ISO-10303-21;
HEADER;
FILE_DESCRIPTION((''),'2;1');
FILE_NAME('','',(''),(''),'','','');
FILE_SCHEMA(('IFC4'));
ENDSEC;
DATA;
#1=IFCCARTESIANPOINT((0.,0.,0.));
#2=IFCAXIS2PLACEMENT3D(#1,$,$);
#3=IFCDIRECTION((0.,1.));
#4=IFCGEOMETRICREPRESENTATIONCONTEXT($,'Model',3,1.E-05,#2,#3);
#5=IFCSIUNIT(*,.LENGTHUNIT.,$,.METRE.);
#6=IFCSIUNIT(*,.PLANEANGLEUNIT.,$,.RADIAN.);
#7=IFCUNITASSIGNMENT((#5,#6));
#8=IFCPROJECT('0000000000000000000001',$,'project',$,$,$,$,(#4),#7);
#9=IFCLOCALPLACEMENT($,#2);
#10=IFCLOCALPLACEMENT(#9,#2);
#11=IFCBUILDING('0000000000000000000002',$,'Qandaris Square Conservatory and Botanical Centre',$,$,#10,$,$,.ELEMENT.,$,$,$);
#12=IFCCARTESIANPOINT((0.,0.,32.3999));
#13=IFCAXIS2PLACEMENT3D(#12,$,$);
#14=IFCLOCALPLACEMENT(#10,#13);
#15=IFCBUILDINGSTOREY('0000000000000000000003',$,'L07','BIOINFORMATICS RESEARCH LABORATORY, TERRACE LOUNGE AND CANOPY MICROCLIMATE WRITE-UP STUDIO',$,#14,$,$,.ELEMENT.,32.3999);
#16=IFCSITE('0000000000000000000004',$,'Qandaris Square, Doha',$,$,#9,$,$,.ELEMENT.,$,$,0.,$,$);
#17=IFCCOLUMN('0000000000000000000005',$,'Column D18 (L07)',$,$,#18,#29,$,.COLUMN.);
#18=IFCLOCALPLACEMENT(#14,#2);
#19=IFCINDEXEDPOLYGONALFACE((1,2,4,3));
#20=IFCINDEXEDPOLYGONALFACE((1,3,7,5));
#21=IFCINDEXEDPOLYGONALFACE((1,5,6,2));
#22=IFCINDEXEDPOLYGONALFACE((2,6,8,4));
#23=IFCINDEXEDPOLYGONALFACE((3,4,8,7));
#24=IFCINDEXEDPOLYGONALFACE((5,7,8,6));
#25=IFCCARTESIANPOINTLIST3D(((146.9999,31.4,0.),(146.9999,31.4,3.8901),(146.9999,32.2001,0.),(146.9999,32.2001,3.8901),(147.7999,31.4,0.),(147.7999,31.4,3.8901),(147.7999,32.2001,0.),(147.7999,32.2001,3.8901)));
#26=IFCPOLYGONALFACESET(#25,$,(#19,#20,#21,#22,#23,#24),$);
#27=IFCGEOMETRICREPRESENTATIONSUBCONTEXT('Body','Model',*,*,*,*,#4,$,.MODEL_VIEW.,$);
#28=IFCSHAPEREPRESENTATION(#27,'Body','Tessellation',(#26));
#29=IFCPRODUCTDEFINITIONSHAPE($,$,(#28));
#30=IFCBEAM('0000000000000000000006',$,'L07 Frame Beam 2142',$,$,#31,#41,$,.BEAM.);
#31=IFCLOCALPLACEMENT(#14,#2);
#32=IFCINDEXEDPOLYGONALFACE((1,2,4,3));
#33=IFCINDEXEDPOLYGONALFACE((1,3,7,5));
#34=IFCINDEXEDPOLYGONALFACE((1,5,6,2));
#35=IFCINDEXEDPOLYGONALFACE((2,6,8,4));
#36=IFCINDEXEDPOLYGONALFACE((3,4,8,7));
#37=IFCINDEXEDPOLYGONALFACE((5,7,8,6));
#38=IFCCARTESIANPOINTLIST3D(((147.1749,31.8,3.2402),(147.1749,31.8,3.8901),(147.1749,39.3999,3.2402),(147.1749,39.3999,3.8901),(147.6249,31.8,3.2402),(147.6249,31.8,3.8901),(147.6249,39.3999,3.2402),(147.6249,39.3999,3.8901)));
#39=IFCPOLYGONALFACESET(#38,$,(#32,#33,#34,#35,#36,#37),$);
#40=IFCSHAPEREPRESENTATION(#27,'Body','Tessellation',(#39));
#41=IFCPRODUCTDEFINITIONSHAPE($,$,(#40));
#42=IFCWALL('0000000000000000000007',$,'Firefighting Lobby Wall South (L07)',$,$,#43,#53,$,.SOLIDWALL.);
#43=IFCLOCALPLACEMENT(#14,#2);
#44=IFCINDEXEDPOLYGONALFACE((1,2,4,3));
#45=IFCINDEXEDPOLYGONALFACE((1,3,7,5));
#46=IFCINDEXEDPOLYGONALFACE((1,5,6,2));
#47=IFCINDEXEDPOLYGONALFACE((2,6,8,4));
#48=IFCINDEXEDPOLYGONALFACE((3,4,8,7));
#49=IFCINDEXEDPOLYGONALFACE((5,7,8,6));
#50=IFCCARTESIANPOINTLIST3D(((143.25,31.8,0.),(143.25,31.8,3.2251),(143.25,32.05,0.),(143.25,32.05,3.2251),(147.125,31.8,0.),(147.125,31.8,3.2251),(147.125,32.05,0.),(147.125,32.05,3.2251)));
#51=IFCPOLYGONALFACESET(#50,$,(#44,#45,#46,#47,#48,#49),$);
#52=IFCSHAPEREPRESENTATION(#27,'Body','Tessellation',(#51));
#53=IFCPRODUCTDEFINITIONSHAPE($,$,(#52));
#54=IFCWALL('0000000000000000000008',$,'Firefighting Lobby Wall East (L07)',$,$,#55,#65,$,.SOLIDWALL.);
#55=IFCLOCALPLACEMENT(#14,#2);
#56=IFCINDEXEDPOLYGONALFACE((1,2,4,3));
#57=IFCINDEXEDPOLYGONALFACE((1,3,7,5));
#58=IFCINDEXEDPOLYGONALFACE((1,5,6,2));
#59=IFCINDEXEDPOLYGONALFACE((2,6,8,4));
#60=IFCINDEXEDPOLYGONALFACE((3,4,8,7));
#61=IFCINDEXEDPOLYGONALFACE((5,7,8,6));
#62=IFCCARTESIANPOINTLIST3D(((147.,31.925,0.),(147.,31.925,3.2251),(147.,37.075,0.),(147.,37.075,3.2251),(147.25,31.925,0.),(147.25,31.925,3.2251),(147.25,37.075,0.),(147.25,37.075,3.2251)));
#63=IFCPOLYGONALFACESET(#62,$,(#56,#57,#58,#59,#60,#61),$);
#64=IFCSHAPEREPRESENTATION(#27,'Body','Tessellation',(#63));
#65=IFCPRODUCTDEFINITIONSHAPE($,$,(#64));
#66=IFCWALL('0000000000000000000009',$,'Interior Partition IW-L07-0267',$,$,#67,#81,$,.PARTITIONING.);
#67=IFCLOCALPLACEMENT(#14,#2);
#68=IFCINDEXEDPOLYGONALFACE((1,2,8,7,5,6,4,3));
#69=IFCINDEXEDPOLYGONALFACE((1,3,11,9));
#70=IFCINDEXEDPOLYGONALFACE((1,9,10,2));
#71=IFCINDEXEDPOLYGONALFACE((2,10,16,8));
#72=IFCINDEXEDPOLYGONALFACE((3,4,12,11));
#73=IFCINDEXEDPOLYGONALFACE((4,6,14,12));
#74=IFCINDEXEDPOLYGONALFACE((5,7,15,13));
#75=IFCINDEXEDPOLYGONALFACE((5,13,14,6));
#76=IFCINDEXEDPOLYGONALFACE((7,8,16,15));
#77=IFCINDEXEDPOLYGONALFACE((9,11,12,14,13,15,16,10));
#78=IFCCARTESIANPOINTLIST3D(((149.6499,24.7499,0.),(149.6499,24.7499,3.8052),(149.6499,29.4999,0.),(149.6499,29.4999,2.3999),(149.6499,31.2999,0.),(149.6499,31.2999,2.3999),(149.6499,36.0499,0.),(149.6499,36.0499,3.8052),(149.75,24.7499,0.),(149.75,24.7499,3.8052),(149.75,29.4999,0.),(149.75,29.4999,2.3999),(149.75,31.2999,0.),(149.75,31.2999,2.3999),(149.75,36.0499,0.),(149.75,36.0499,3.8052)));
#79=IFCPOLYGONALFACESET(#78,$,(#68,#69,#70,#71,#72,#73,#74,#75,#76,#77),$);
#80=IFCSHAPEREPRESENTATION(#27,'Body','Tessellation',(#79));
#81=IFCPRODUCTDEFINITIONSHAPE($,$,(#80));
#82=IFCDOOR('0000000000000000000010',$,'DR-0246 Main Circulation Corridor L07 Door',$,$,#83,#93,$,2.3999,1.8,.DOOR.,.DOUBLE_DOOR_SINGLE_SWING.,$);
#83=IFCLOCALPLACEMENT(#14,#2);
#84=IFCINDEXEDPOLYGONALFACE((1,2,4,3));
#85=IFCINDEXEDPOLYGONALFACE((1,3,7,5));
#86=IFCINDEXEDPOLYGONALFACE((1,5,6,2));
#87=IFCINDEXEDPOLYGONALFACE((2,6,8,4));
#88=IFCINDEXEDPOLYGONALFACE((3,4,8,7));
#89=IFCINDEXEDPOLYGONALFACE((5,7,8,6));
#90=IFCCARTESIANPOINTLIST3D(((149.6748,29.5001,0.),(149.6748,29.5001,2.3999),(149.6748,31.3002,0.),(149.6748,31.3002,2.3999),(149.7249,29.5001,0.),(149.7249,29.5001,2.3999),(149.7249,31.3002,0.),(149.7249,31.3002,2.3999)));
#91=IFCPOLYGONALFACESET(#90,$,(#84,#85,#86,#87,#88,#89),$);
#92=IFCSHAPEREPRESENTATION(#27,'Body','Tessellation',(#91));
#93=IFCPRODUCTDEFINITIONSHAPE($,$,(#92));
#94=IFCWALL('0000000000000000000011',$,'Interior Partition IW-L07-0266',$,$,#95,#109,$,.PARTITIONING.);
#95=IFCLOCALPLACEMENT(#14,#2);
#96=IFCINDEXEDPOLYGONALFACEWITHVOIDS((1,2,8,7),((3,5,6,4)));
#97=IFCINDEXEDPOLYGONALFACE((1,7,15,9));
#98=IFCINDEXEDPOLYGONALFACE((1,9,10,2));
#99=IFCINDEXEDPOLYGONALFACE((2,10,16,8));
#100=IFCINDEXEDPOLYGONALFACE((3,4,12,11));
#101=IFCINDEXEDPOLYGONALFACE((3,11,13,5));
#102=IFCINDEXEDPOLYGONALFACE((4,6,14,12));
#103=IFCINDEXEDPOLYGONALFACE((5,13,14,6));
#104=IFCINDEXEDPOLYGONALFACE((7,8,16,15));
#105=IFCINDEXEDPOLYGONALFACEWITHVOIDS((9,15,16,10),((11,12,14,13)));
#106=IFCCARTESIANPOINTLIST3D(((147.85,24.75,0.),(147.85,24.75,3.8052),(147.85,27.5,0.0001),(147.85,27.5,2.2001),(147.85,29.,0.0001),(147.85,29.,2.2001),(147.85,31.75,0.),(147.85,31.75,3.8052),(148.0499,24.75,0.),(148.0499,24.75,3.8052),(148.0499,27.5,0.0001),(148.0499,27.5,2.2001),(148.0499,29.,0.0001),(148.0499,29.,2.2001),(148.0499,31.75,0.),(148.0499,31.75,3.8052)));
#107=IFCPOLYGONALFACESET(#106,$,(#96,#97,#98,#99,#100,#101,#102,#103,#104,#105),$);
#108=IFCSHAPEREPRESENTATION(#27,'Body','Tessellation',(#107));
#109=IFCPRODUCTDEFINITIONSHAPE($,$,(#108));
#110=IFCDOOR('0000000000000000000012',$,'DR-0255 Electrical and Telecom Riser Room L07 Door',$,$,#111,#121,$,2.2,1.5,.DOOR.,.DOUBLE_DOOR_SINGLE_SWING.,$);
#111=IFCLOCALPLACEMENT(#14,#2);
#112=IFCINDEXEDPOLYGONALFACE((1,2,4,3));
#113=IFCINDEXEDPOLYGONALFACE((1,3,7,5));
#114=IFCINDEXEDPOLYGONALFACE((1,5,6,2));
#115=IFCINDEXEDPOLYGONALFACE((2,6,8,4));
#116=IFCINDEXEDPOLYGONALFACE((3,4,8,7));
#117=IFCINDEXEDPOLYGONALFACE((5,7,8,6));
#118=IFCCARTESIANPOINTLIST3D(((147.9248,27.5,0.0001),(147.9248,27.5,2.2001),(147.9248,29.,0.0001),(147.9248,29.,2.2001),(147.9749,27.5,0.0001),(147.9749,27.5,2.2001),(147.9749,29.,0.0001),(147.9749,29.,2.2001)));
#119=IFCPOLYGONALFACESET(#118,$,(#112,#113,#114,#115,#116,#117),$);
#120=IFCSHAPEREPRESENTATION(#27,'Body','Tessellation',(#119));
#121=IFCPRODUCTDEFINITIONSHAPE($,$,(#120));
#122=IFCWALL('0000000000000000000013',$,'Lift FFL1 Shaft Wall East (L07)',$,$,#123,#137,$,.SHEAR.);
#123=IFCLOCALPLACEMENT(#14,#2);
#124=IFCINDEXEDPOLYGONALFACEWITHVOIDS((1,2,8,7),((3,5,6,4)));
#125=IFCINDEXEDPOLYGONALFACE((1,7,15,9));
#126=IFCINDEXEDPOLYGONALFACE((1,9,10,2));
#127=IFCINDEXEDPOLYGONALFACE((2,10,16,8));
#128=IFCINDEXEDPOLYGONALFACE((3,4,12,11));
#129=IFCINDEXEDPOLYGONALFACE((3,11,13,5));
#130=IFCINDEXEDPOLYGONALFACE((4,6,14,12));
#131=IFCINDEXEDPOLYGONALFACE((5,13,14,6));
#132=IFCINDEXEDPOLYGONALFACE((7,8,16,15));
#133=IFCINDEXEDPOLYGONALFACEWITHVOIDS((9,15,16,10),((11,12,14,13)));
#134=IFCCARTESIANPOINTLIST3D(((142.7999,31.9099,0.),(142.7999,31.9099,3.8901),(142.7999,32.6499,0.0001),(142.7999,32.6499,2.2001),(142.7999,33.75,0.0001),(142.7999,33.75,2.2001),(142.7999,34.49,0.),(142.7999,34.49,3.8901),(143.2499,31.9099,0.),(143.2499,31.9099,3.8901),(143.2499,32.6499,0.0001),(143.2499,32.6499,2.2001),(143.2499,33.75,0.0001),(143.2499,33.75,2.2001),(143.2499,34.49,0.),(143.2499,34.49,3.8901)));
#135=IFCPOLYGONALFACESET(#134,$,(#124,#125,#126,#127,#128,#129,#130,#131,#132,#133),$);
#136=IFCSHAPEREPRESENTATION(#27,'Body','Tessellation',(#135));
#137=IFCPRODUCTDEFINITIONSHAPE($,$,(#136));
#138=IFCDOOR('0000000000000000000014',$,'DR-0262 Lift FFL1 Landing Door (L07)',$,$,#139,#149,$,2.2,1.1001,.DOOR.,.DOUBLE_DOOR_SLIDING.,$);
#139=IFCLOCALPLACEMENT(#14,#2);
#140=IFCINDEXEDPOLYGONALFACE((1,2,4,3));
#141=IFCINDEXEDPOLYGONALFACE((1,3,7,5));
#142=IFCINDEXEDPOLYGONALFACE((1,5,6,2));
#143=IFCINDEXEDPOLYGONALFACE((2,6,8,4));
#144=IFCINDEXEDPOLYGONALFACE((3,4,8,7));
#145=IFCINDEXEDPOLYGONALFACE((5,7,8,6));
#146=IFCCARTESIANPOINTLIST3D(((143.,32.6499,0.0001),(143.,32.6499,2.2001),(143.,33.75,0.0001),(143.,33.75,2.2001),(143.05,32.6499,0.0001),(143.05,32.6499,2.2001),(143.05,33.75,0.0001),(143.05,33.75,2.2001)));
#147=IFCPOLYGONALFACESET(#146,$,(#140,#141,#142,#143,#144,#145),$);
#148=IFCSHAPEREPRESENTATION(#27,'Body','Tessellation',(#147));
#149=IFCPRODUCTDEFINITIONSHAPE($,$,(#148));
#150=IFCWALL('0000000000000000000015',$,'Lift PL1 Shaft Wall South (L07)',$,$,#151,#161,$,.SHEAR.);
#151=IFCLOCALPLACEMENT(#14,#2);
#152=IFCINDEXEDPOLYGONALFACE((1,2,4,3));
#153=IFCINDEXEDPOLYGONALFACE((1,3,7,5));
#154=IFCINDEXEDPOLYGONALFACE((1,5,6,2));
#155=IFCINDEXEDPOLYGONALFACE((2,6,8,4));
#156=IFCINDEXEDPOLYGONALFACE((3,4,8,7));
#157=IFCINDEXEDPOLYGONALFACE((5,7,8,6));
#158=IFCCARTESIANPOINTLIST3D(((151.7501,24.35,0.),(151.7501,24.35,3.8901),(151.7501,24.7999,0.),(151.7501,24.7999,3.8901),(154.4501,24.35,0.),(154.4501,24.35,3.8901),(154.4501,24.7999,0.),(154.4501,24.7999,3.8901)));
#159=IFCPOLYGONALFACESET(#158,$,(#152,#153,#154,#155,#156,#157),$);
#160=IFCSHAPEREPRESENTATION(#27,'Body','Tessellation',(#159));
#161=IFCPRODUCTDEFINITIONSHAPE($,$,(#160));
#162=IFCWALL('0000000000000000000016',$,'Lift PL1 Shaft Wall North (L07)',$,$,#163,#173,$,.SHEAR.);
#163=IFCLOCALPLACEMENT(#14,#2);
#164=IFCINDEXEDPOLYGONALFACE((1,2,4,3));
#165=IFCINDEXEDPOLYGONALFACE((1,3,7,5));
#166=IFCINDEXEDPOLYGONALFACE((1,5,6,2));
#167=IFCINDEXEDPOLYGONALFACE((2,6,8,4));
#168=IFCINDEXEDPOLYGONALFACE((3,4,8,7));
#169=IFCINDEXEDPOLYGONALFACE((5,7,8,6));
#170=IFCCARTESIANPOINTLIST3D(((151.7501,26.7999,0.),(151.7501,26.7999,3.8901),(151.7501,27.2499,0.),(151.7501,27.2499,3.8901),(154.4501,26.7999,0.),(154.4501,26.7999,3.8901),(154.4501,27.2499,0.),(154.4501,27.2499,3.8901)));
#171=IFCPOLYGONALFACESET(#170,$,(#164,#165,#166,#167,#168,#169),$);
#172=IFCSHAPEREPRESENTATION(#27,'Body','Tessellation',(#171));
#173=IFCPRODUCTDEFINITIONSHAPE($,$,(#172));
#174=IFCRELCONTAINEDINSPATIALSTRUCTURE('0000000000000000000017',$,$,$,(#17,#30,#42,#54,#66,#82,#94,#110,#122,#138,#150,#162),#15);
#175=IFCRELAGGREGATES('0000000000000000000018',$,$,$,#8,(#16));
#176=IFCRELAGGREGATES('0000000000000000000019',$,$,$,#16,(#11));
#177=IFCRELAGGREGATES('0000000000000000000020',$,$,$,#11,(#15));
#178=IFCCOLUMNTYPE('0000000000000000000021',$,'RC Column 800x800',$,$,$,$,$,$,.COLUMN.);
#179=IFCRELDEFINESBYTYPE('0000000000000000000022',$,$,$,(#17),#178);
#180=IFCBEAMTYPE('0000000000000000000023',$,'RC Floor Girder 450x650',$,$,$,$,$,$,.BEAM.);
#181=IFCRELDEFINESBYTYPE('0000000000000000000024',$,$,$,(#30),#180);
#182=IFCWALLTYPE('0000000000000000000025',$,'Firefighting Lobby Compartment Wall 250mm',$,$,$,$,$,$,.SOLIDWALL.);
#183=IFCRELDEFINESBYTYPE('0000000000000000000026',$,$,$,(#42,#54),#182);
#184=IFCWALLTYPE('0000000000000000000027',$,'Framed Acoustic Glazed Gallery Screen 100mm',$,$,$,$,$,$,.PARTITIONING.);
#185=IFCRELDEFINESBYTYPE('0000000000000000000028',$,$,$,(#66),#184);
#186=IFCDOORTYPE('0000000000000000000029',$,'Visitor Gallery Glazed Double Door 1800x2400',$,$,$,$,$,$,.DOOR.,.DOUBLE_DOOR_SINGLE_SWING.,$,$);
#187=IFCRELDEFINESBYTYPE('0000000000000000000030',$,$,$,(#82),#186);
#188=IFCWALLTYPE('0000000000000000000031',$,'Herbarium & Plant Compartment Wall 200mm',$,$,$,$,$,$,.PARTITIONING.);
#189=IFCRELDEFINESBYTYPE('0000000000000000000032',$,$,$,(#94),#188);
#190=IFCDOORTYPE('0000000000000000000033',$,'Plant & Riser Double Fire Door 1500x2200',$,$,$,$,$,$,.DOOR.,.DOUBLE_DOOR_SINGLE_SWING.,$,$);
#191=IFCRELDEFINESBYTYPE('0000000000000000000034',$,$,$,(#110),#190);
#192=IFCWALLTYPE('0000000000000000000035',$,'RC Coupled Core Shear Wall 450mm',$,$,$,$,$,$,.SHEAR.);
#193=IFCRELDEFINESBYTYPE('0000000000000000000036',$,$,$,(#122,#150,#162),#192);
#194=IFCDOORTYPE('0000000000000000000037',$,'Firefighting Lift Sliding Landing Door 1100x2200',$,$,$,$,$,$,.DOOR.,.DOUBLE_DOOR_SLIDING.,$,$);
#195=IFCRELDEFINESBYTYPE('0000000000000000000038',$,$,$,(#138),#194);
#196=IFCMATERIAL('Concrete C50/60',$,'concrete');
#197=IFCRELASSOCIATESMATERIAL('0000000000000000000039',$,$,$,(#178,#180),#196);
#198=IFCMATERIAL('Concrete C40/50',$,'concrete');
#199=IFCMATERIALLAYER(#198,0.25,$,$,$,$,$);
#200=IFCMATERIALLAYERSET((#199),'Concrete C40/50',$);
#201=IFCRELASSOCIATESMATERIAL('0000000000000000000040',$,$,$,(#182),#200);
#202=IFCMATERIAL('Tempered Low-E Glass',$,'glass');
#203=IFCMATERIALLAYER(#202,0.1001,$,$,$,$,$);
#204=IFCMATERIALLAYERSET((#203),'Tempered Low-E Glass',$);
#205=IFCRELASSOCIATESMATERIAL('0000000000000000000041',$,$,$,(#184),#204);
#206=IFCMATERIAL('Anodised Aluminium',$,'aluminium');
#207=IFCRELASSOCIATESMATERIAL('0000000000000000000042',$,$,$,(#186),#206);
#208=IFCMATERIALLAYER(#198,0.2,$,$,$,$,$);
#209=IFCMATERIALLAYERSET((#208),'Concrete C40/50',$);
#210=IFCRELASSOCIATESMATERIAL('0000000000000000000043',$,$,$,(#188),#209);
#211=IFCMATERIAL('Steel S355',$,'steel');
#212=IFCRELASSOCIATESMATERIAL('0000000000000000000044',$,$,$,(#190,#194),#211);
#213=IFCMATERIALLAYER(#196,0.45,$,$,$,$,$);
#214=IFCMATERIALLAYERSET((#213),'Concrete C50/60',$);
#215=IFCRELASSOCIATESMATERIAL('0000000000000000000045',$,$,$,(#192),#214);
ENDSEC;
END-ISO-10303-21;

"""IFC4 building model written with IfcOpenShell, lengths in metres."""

from ifc_helpers import new_model, si_unit, direction, frame, frame_2d, origin, origin_2d, place, context, subcontext, project, spatial, rectangle, extrude, material, layer, layer_set, material_profile, profile_set, type_object, element, fill, save


model = new_model("IFC4")

# Units and contexts
model_context = context("Model", 3, precision=1e-05, world=origin(), true_north=direction((0.0, 1.0)))
body_context = subcontext(model_context, "Body", "Model", "MODEL_VIEW")
ifc_project = project(units=[si_unit("LENGTHUNIT", "METRE"), si_unit("PLANEANGLEUNIT", "RADIAN")], contexts=[model_context])

# Site, building, storey
site_placement = place(None, origin())
site = spatial("IfcSite", under=ifc_project, at=site_placement, Name="Qandaris Square, Doha", CompositionType="ELEMENT", RefElevation=0.0)
building_placement = place(site_placement, origin())
building = spatial("IfcBuilding", under=site, at=building_placement, Name="Qandaris Square Conservatory and Botanical Centre", CompositionType="ELEMENT")
storey_placement = place(building_placement, frame((0.0, 0.0, 32.3999)))
storey = spatial("IfcBuildingStorey", under=building, at=storey_placement, Name="L07", Description="BIOINFORMATICS RESEARCH LABORATORY, TERRACE LOUNGE AND CANOPY MICROCLIMATE WRITE-UP STUDIO", CompositionType="ELEMENT", Elevation=32.3999)

# Column
ifc_material_1 = material(Name="Concrete C50/60", Category="concrete")
ifc_material_profile_1 = material_profile(ifc_material_1, rectangle(XDim=0.8, YDim=0.8, at=origin_2d()), Name="RC-COL 800x800")
ifc_profile_set_1 = profile_set([ifc_material_profile_1], Name="Concrete C50/60")
column_type = type_object("IfcColumnType", Name="RC Column 800x800", PredefinedType="COLUMN", material=ifc_profile_set_1)
column_placement = place(storey_placement, frame((147.3999, 31.8, 0.0), z_axis=(0.0, 0.0, 1.0), x_axis=(1.0, 0.0, 0.0)))
element("IfcColumn", 1, at=column_placement, inside=storey, type_object=column_type, Name="Column D18 (L07)", PredefinedType="COLUMN", context=body_context, shape_type="SweptSolid", body=[
    extrude(rectangle(XDim=0.8, YDim=0.8, at=origin_2d()), origin(), (0.0, 0.0, 1.0), 3.8901),
])

# Beam
ifc_material_profile_2 = material_profile(ifc_material_1, rectangle(XDim=0.45, YDim=0.6499, at=origin_2d()), Name="RC-BM 450x650")
ifc_profile_set_2 = profile_set([ifc_material_profile_2], Name="Concrete C50/60")
beam_type = type_object("IfcBeamType", Name="RC Floor Girder 450x650", PredefinedType="BEAM", material=ifc_profile_set_2)
beam_placement = place(storey_placement, frame((147.3999, 31.8, 3.5652), z_axis=(0.0, 1.0, 0.0), x_axis=(-1.0, 0.0, 0.0)))
element("IfcBeam", 2, at=beam_placement, inside=storey, type_object=beam_type, Name="L07 Frame Beam 2142", PredefinedType="BEAM", context=body_context, shape_type="SweptSolid", body=[
    extrude(rectangle(XDim=0.45, YDim=0.6499, at=origin_2d()), origin(), (0.0, 0.0, 1.0), 7.5999),
])

# Walls
ifc_material_2 = material(Name="Concrete C40/50", Category="concrete")
ifc_layer_1 = layer(ifc_material_2, 0.25)
ifc_layer_set_1 = layer_set([ifc_layer_1], Name="Concrete C40/50")
wall_type_1 = type_object("IfcWallType", Name="Firefighting Lobby Compartment Wall 250mm", PredefinedType="SOLIDWALL", material=ifc_layer_set_1)
wall_1_placement = place(storey_placement, frame((143.25, 31.925, 0.0), z_axis=(0.0, 0.0, 1.0), x_axis=(1.0, 0.0, 0.0)))
element("IfcWall", 3, at=wall_1_placement, inside=storey, type_object=wall_type_1, Name="Firefighting Lobby Wall South (L07)", PredefinedType="SOLIDWALL", context=body_context, shape_type="SweptSolid", body=[
    extrude(rectangle(XDim=3.875, YDim=0.25, at=frame_2d((1.9375, 0.0))), origin(), (0.0, 0.0, 1.0), 3.2251),
])
wall_2_placement = place(storey_placement, frame((147.125, 31.925, 0.0), z_axis=(0.0, 0.0, 1.0), x_axis=(0.0, 1.0, 0.0)))
element("IfcWall", 4, at=wall_2_placement, inside=storey, type_object=wall_type_1, Name="Firefighting Lobby Wall East (L07)", PredefinedType="SOLIDWALL", context=body_context, shape_type="SweptSolid", body=[
    extrude(rectangle(XDim=5.1499, YDim=0.25, at=frame_2d((2.575, 0.0))), origin(), (0.0, 0.0, 1.0), 3.2251),
])

# Walls, openings, doors
ifc_material_3 = material(Name="Tempered Low-E Glass", Category="glass")
ifc_layer_2 = layer(ifc_material_3, 0.1001)
ifc_layer_set_2 = layer_set([ifc_layer_2], Name="Tempered Low-E Glass")
wall_type_2 = type_object("IfcWallType", Name="Framed Acoustic Glazed Gallery Screen 100mm", PredefinedType="PARTITIONING", material=ifc_layer_set_2)
wall_3_placement = place(storey_placement, frame((149.7, 24.75, 0.0), z_axis=(0.0, 0.0, 1.0), x_axis=(0.0, 1.0, 0.0)))
wall_3 = element("IfcWall", 5, at=wall_3_placement, inside=storey, type_object=wall_type_2, Name="Interior Partition IW-L07-0267", PredefinedType="PARTITIONING", context=body_context, shape_type="SweptSolid", body=[
    extrude(rectangle(XDim=11.3, YDim=0.1001, at=frame_2d((5.6499, 0.0))), origin(), (0.0, 0.0, 1.0), 3.8052),
])
opening_1_placement = place(wall_3_placement, frame((4.75, 0.0, 0.0)))
opening_1 = element("IfcOpeningElement", 6, at=opening_1_placement, cuts=wall_3, PredefinedType="OPENING", context=body_context, shape_type="SweptSolid", body=[
    extrude(rectangle(XDim=1.8, YDim=2.3999, at=frame_2d((0.8999, 1.2))), frame((0.0, 0.062, 0.0), z_axis=(0.0, -1.0, 0.0), x_axis=(1.0, 0.0, 0.0)), (0.0, 0.0, 1.0), 0.124),
])
ifc_material_4 = material(Name="Anodised Aluminium", Category="aluminium")
door_type_1 = type_object("IfcDoorType", Name="Visitor Gallery Glazed Double Door 1800x2400", OperationType="DOUBLE_DOOR_SINGLE_SWING", PredefinedType="DOOR", material=ifc_material_4)
door_1_placement = place(opening_1_placement, frame((1.8, 0.0, 0.0), z_axis=(0.0, 0.0, 1.0), x_axis=(-1.0, 0.0, 0.0)))
door_1 = element("IfcDoor", 7, at=door_1_placement, inside=storey, type_object=door_type_1, Name="DR-0246 Main Circulation Corridor L07 Door", OperationType="DOUBLE_DOOR_SINGLE_SWING", OverallHeight=2.3999, OverallWidth=1.8, PredefinedType="DOOR", context=body_context, shape_type="SweptSolid", body=[
    extrude(rectangle(XDim=1.8, YDim=2.3999, at=frame_2d((0.8999, 1.2))), frame((0.0, 0.0249, 0.0), z_axis=(0.0, -1.0, 0.0), x_axis=(1.0, 0.0, 0.0)), (0.0, 0.0, 1.0), 0.05),
])
fill(opening_1, door_1)
ifc_layer_3 = layer(ifc_material_2, 0.2)
ifc_layer_set_3 = layer_set([ifc_layer_3], Name="Concrete C40/50")
wall_type_3 = type_object("IfcWallType", Name="Herbarium & Plant Compartment Wall 200mm", PredefinedType="PARTITIONING", material=ifc_layer_set_3)
wall_4_placement = place(storey_placement, frame((147.95, 31.75, 0.0), z_axis=(0.0, 0.0, 1.0), x_axis=(0.0, -1.0, 0.0)))
wall_4 = element("IfcWall", 8, at=wall_4_placement, inside=storey, type_object=wall_type_3, Name="Interior Partition IW-L07-0266", PredefinedType="PARTITIONING", context=body_context, shape_type="SweptSolid", body=[
    extrude(rectangle(XDim=7.0, YDim=0.2, at=frame_2d((3.5, 0.0))), origin(), (0.0, 0.0, 1.0), 3.8052),
])
opening_2_placement = place(wall_4_placement, frame((2.75, 0.0, 0.0)))
opening_2 = element("IfcOpeningElement", 9, at=opening_2_placement, cuts=wall_4, PredefinedType="OPENING", context=body_context, shape_type="SweptSolid", body=[
    extrude(rectangle(XDim=1.5, YDim=2.2, at=frame_2d((0.75, 1.1001))), frame((0.0, 0.1118, 0.0), z_axis=(0.0, -1.0, 0.0), x_axis=(1.0, 0.0, 0.0)), (0.0, 0.0, 1.0), 0.2239),
])
ifc_material_5 = material(Name="Steel S355", Category="steel")
door_type_2 = type_object("IfcDoorType", Name="Plant & Riser Double Fire Door 1500x2200", OperationType="DOUBLE_DOOR_SINGLE_SWING", PredefinedType="DOOR", material=ifc_material_5)
door_2_placement = place(opening_2_placement, origin())
door_2 = element("IfcDoor", 10, at=door_2_placement, inside=storey, type_object=door_type_2, Name="DR-0255 Electrical and Telecom Riser Room L07 Door", OperationType="DOUBLE_DOOR_SINGLE_SWING", OverallHeight=2.2, OverallWidth=1.5, PredefinedType="DOOR", context=body_context, shape_type="SweptSolid", body=[
    extrude(rectangle(XDim=1.5, YDim=2.2, at=frame_2d((0.75, 1.1001))), frame((0.0, 0.0249, 0.0), z_axis=(0.0, -1.0, 0.0), x_axis=(1.0, 0.0, 0.0)), (0.0, 0.0, 1.0), 0.05),
])
fill(opening_2, door_2)
ifc_layer_4 = layer(ifc_material_1, 0.45)
ifc_layer_set_4 = layer_set([ifc_layer_4], Name="Concrete C50/60")
wall_type_4 = type_object("IfcWallType", Name="RC Coupled Core Shear Wall 450mm", PredefinedType="SHEAR", material=ifc_layer_set_4)
wall_5_placement = place(storey_placement, frame((143.0249, 31.9099, 0.0), z_axis=(0.0, 0.0, 1.0), x_axis=(0.0, 1.0, 0.0)))
wall_5 = element("IfcWall", 11, at=wall_5_placement, inside=storey, type_object=wall_type_4, Name="Lift FFL1 Shaft Wall East (L07)", PredefinedType="SHEAR", context=body_context, shape_type="SweptSolid", body=[
    extrude(rectangle(XDim=2.5801, YDim=0.45, at=frame_2d((1.29, 0.0))), origin(), (0.0, 0.0, 1.0), 3.8901),
])
opening_3_placement = place(wall_5_placement, frame((0.74, 0.0, 0.0)))
opening_3 = element("IfcOpeningElement", 12, at=opening_3_placement, cuts=wall_5, PredefinedType="OPENING", context=body_context, shape_type="SweptSolid", body=[
    extrude(rectangle(XDim=1.1001, YDim=2.2, at=frame_2d((0.55, 1.1001))), frame((0.0, 0.2368, 0.0), z_axis=(0.0, -1.0, 0.0), x_axis=(1.0, 0.0, 0.0)), (0.0, 0.0, 1.0), 0.4739),
])
door_type_3 = type_object("IfcDoorType", Name="Firefighting Lift Sliding Landing Door 1100x2200", OperationType="DOUBLE_DOOR_SLIDING", PredefinedType="DOOR", material=ifc_material_5)
door_3_placement = place(opening_3_placement, origin())
door_3 = element("IfcDoor", 13, at=door_3_placement, inside=storey, type_object=door_type_3, Name="DR-0262 Lift FFL1 Landing Door (L07)", OperationType="DOUBLE_DOOR_SLIDING", OverallHeight=2.2, OverallWidth=1.1001, PredefinedType="DOOR", context=body_context, shape_type="SweptSolid", body=[
    extrude(rectangle(XDim=1.1001, YDim=2.2, at=frame_2d((0.55, 1.1001))), frame((0.0, 0.0249, 0.0), z_axis=(0.0, -1.0, 0.0), x_axis=(1.0, 0.0, 0.0)), (0.0, 0.0, 1.0), 0.05),
])
fill(opening_3, door_3)

# Walls
for number, where, z_axis, x_axis, name in (
    (14, (151.75, 24.575, 0.0), (0.0, 0.0, 1.0), (1.0, 0.0, 0.0), "Lift PL1 Shaft Wall South (L07)"),
    (15, (151.75, 27.0249, 0.0), (0.0, 0.0, 1.0), (1.0, 0.0, 0.0), "Lift PL1 Shaft Wall North (L07)"),
):
    element("IfcWall", number, at=place(storey_placement, frame(where, z_axis=z_axis, x_axis=x_axis)), inside=storey, type_object=wall_type_4, Name=name, PredefinedType="SHEAR", context=body_context, shape_type="SweptSolid", body=[
        extrude(rectangle(XDim=2.7, YDim=0.45, at=frame_2d((1.3501, 0.0))), origin(), (0.0, 0.0, 1.0), 3.8901),
    ])

save(model, "model.ifc")
